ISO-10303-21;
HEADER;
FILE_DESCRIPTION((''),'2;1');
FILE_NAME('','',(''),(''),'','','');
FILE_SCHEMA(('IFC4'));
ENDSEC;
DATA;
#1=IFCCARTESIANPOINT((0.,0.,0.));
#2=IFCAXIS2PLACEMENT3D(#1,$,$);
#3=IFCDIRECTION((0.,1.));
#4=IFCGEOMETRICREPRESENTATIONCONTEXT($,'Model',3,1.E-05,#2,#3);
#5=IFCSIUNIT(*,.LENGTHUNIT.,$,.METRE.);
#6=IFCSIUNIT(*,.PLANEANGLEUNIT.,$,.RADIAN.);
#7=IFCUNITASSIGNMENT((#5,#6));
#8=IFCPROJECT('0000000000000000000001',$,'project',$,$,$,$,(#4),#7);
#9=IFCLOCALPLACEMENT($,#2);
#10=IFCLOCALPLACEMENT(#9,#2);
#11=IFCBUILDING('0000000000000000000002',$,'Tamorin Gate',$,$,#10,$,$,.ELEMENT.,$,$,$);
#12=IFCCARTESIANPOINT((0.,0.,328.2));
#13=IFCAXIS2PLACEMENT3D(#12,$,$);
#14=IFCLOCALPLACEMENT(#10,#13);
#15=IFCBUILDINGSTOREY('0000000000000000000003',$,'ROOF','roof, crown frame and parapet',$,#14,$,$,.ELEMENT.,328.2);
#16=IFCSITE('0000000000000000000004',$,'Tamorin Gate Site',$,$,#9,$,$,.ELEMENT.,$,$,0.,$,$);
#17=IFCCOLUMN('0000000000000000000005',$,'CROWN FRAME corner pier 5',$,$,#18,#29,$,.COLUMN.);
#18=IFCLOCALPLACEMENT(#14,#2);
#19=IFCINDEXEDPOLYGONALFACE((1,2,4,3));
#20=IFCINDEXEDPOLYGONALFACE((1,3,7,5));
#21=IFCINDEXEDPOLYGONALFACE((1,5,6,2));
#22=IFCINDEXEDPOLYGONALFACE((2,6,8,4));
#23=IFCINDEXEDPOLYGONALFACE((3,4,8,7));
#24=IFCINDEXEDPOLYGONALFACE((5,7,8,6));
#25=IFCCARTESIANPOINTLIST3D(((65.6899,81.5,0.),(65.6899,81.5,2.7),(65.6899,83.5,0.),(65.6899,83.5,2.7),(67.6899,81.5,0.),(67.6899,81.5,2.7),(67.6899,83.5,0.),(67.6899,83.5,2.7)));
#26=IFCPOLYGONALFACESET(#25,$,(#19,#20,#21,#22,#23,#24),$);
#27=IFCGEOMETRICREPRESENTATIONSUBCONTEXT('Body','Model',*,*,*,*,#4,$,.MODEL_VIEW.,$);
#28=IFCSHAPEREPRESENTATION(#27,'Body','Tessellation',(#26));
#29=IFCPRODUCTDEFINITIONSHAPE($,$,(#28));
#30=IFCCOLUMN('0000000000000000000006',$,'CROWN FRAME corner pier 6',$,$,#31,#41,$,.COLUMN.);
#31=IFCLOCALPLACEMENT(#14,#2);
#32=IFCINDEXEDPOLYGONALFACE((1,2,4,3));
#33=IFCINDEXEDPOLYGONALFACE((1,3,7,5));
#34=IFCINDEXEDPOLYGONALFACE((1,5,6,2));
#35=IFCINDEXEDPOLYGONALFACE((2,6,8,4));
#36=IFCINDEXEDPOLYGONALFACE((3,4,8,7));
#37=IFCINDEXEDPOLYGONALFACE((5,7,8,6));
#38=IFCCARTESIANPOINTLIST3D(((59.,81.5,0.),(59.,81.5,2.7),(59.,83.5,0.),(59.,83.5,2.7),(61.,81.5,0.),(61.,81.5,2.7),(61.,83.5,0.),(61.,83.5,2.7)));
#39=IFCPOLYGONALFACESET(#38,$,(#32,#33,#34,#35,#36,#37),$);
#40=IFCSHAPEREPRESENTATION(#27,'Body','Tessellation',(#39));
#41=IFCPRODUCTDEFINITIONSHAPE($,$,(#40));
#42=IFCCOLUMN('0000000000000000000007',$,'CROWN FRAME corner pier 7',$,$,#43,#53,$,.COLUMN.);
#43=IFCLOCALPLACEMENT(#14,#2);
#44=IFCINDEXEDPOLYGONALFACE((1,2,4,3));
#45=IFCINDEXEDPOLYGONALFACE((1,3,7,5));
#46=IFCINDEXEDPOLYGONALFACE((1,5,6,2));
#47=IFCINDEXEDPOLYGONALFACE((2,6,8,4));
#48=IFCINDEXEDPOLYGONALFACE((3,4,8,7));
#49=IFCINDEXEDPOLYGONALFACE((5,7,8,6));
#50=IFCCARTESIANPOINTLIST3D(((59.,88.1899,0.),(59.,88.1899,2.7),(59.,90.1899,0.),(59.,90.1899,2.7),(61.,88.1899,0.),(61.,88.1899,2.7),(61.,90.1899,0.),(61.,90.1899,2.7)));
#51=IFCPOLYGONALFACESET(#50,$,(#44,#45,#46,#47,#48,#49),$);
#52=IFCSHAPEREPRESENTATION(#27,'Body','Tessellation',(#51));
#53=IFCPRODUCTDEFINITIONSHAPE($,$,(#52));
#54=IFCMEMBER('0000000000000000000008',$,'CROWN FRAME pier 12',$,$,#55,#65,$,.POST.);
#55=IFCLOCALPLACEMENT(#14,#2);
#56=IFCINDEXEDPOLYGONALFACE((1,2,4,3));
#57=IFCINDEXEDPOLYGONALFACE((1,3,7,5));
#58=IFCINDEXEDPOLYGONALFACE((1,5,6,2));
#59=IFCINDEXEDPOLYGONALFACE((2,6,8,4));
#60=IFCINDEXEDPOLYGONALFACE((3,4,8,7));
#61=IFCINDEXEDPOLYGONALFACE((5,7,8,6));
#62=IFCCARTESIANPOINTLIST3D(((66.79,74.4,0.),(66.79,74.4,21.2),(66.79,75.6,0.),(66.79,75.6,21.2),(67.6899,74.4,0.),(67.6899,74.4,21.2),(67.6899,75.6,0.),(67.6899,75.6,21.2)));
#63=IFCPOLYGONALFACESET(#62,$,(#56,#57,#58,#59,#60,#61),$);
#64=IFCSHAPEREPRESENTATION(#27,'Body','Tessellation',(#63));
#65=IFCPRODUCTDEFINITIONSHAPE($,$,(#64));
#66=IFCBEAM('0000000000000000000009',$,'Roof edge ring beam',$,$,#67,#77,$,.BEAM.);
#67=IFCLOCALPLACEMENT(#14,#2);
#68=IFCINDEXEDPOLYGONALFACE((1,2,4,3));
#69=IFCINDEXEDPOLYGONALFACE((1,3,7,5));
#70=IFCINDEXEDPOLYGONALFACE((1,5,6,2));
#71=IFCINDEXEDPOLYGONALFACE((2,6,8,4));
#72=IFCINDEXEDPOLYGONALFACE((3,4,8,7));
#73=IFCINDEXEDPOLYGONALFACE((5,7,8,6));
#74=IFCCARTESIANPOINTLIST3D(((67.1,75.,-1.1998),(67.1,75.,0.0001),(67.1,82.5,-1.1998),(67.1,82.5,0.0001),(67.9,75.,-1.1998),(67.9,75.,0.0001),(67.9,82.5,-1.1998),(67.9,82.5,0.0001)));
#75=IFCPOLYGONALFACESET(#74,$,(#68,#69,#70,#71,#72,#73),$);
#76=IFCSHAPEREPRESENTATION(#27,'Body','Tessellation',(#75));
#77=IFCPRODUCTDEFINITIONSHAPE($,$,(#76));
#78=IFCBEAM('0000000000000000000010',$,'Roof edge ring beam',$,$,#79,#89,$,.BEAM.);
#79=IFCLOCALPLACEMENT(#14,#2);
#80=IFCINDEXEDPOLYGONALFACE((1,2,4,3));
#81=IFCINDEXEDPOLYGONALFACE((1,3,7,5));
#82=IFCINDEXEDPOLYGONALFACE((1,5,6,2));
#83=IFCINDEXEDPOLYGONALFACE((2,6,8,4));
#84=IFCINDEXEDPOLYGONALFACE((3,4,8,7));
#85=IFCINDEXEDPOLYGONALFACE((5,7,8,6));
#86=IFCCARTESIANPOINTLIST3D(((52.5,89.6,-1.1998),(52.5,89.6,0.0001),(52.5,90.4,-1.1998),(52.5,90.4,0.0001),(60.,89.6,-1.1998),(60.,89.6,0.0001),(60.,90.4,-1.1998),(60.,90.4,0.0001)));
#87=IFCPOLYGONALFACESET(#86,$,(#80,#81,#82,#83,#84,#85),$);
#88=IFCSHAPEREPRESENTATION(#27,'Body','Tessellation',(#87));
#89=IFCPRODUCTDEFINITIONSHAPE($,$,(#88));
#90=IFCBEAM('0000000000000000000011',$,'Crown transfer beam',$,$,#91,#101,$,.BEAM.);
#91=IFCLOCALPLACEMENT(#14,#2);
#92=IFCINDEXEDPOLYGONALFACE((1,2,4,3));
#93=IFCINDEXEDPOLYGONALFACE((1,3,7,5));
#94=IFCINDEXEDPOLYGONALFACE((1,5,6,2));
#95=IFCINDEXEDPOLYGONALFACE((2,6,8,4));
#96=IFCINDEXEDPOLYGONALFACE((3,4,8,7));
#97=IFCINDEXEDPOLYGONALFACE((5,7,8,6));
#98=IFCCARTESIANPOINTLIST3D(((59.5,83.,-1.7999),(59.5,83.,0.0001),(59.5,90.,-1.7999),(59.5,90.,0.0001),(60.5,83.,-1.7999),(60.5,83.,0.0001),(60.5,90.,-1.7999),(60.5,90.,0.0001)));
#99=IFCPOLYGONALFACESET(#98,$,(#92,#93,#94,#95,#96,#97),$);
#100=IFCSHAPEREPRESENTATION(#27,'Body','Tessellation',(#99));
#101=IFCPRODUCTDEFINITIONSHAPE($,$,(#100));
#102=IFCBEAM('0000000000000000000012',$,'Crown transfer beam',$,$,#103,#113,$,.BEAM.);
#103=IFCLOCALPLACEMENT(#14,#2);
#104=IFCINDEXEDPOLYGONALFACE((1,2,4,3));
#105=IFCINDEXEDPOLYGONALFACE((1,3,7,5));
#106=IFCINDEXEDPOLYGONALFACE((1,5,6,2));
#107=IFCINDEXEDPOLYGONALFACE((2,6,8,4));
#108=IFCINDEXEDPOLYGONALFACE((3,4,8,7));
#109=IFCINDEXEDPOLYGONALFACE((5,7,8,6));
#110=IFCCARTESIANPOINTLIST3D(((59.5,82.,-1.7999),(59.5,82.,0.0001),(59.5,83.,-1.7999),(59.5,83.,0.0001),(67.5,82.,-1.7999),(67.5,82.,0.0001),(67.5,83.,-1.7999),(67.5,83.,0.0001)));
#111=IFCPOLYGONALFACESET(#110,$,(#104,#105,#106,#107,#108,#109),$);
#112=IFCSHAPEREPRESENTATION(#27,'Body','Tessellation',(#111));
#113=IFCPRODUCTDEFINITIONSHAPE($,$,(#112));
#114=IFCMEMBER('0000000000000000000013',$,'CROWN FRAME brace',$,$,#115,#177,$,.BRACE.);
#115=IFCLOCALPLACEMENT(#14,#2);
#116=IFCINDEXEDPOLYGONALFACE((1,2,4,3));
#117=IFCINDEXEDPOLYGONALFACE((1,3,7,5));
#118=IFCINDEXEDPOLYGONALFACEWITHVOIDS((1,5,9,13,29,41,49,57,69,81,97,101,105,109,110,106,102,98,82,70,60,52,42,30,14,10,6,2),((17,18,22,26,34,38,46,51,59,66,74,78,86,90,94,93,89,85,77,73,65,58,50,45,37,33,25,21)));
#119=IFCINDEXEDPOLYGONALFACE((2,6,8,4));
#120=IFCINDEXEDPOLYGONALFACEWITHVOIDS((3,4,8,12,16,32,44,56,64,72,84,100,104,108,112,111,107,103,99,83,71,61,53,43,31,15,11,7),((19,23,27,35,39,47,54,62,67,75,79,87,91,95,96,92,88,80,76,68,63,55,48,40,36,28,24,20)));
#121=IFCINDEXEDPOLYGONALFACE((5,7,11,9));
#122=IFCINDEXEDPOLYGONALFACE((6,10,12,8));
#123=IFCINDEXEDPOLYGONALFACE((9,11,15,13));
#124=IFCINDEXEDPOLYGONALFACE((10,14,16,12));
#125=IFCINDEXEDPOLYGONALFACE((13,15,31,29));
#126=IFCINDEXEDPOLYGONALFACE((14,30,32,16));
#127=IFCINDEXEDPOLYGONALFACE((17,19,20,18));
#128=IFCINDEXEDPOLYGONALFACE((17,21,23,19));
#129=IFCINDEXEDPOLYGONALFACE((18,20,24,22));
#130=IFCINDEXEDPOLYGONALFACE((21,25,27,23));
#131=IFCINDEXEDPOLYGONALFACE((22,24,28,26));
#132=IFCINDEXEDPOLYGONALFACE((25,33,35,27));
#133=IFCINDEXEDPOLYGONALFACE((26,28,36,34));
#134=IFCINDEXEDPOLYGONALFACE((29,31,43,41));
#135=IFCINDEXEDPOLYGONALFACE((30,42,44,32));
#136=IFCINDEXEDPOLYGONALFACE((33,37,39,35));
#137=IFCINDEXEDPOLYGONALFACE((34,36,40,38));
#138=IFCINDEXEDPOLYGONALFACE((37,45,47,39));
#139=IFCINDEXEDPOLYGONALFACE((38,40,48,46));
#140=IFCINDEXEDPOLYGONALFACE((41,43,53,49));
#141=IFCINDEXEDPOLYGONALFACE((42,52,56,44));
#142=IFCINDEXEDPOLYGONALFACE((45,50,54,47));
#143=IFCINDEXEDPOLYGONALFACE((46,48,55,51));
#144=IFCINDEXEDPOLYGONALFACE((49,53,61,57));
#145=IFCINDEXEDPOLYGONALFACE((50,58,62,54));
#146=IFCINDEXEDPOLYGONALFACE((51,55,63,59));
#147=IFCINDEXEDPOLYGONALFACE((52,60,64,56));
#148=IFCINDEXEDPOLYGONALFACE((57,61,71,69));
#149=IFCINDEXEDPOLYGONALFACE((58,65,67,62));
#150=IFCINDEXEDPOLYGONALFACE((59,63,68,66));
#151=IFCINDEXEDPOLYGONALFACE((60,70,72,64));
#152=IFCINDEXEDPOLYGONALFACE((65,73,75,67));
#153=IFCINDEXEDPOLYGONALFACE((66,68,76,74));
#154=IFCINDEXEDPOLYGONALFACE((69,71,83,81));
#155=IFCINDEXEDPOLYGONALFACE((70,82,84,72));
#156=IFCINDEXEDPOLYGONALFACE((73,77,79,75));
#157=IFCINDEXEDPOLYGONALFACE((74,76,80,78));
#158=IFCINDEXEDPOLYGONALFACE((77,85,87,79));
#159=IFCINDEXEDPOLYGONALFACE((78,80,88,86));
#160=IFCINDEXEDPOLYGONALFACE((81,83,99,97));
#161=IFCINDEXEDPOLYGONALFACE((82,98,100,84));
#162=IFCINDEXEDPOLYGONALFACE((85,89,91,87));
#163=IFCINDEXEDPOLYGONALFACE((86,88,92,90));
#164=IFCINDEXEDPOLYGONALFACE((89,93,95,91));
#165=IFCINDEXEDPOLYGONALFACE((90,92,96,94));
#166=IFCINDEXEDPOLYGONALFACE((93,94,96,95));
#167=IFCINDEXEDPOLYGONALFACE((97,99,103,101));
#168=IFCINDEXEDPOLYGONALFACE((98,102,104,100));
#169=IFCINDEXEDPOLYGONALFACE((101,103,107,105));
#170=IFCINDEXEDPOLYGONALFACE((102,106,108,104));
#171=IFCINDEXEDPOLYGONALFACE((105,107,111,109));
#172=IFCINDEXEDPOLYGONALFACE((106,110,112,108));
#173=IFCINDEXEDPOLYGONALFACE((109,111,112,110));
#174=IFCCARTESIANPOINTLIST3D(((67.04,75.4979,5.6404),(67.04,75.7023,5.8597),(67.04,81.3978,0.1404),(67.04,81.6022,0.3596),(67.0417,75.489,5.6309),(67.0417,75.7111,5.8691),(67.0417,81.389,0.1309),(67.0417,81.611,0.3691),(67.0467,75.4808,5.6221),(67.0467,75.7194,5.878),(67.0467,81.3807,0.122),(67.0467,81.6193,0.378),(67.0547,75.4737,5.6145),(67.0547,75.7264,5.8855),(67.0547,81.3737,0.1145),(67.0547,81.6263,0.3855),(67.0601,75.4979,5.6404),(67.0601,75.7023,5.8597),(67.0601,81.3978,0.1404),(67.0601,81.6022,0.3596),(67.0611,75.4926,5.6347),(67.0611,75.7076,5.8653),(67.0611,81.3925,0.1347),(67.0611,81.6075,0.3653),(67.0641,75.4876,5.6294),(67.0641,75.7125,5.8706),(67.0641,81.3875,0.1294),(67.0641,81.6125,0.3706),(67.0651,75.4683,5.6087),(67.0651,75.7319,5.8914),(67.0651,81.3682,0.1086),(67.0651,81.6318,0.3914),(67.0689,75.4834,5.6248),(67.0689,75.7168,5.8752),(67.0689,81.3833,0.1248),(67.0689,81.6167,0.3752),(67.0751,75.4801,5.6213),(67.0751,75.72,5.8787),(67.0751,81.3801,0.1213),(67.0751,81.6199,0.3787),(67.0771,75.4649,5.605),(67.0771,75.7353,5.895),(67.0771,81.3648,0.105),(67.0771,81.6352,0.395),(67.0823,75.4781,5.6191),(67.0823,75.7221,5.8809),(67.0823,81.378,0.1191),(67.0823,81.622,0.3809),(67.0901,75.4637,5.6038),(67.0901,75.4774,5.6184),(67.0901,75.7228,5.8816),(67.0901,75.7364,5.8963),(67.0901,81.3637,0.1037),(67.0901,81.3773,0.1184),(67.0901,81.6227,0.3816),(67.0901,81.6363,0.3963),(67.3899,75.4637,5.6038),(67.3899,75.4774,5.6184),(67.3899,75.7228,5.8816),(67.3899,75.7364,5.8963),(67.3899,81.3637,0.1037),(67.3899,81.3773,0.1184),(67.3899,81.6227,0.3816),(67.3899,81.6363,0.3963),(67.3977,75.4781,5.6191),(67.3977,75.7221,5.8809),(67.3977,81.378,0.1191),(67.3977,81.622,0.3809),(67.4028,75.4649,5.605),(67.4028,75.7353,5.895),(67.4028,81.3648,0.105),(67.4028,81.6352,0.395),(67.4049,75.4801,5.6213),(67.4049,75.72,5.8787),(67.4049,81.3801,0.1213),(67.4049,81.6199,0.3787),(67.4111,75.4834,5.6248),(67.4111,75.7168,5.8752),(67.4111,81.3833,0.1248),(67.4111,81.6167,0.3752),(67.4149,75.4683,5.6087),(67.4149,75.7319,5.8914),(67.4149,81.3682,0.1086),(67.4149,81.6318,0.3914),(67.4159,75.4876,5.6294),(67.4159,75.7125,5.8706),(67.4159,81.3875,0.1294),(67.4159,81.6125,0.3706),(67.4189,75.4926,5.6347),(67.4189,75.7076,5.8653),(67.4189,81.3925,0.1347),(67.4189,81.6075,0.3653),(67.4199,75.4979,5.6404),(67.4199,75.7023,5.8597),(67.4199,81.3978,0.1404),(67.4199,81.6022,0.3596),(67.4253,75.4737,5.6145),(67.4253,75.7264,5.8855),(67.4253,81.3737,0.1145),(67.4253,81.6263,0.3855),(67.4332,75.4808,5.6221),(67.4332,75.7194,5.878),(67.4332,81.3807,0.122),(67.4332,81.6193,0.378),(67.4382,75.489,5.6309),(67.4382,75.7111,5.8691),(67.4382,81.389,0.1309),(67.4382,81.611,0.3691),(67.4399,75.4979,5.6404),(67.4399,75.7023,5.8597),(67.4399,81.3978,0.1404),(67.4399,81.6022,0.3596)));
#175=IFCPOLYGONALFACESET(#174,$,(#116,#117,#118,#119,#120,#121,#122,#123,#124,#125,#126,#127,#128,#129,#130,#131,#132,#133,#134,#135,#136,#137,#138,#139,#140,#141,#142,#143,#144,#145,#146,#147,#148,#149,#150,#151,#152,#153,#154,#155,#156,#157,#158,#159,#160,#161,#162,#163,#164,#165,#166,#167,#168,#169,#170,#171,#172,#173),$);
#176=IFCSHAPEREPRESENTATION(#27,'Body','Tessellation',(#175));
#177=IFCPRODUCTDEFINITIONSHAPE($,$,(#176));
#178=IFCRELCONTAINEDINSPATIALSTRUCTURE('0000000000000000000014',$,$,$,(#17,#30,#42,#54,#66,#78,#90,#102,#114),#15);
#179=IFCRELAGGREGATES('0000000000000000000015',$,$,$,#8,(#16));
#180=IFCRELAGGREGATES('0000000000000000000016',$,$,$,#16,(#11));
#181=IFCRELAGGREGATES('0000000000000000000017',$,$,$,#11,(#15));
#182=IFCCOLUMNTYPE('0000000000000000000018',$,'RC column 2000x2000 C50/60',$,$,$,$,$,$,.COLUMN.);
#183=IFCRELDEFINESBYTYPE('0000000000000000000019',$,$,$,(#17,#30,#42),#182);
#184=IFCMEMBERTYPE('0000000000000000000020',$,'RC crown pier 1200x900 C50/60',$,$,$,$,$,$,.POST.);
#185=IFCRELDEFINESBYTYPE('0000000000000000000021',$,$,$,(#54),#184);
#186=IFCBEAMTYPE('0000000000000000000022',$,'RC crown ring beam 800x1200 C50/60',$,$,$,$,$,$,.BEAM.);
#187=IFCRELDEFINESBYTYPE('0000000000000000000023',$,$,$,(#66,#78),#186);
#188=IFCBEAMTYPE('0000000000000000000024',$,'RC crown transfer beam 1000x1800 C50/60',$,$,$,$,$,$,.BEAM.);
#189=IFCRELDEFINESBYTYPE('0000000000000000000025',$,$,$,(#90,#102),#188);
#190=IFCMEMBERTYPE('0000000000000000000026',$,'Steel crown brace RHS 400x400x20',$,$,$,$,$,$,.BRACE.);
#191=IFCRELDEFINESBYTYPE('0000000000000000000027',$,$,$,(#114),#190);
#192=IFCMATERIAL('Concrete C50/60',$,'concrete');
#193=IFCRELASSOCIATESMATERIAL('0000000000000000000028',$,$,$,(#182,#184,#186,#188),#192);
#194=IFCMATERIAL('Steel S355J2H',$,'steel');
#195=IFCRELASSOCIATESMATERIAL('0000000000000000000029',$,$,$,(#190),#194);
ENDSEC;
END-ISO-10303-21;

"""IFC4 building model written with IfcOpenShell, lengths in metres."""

from ifc_helpers import new_model, si_unit, direction, frame, origin, origin_2d, place, context, subcontext, project, spatial, rectangle, hollow_rectangle, extrude, material, material_profile, profile_set, type_object, element, save


model = new_model("IFC4")

# Units and contexts
model_context = context("Model", 3, precision=1e-05, world=origin(), true_north=direction((0.0, 1.0)))
body_context = subcontext(model_context, "Body", "Model", "MODEL_VIEW")
ifc_project = project(units=[si_unit("LENGTHUNIT", "METRE"), si_unit("PLANEANGLEUNIT", "RADIAN")], contexts=[model_context])

# Site, building, storey
site_placement = place(None, origin())
site = spatial("IfcSite", under=ifc_project, at=site_placement, Name="Tamorin Gate Site", CompositionType="ELEMENT", RefElevation=0.0)
building_placement = place(site_placement, origin())
building = spatial("IfcBuilding", under=site, at=building_placement, Name="Tamorin Gate", CompositionType="ELEMENT")
storey_placement = place(building_placement, frame((0.0, 0.0, 328.2)))
storey = spatial("IfcBuildingStorey", under=building, at=storey_placement, Name="ROOF", Description="roof, crown frame and parapet", CompositionType="ELEMENT", Elevation=328.2)

# Columns
ifc_material_1 = material(Name="Concrete C50/60", Category="concrete")
ifc_material_profile_1 = material_profile(ifc_material_1, rectangle(XDim=2.0, YDim=2.0, at=origin_2d()), Name="RC 2000x2000")
ifc_profile_set_1 = profile_set([ifc_material_profile_1], Name="Concrete C50/60")
column_type = type_object("IfcColumnType", Name="RC column 2000x2000 C50/60", PredefinedType="COLUMN", material=ifc_profile_set_1)
for number, where, z_axis, x_axis, name in (
    (1, (66.6899, 82.5, 0.0), (0.0, 0.0, 1.0), (1.0, 0.0, 0.0), "CROWN FRAME corner pier 5"),
    (2, (60.0, 82.5, 0.0), (0.0, 0.0, 1.0), (1.0, 0.0, 0.0), "CROWN FRAME corner pier 6"),
    (3, (60.0, 89.1899, 0.0), (0.0, 0.0, 1.0), (1.0, 0.0, 0.0), "CROWN FRAME corner pier 7"),
):
    element("IfcColumn", number, at=place(storey_placement, frame(where, z_axis=z_axis, x_axis=x_axis)), inside=storey, type_object=column_type, Name=name, PredefinedType="COLUMN", context=body_context, shape_type="SweptSolid", body=[
        extrude(rectangle(XDim=2.0, YDim=2.0, at=origin_2d()), origin(), (0.0, 0.0, 1.0), 2.7),
    ])

# Member
ifc_material_profile_2 = material_profile(ifc_material_1, rectangle(XDim=1.2, YDim=0.8999, at=origin_2d()), Name="RC 1200x900")
ifc_profile_set_2 = profile_set([ifc_material_profile_2], Name="Concrete C50/60")
member_type_1 = type_object("IfcMemberType", Name="RC crown pier 1200x900 C50/60", PredefinedType="POST", material=ifc_profile_set_2)
member_1_placement = place(storey_placement, frame((67.24, 75.0, 0.0), z_axis=(0.0, 0.0, 1.0), x_axis=(0.0, 1.0, 0.0)))
element("IfcMember", 4, at=member_1_placement, inside=storey, type_object=member_type_1, Name="CROWN FRAME pier 12", PredefinedType="POST", context=body_context, shape_type="SweptSolid", body=[
    extrude(rectangle(XDim=1.2, YDim=0.8999, at=origin_2d()), origin(), (0.0, 0.0, 1.0), 21.2),
])

# Beams
ifc_material_profile_3 = material_profile(ifc_material_1, rectangle(XDim=0.8, YDim=1.2, at=origin_2d()), Name="RC 800x1200")
ifc_profile_set_3 = profile_set([ifc_material_profile_3], Name="Concrete C50/60")
beam_type_1 = type_object("IfcBeamType", Name="RC crown ring beam 800x1200 C50/60", PredefinedType="BEAM", material=ifc_profile_set_3)
for number, where, z_axis, x_axis, name in (
    (5, (67.5, 75.0, -0.5999), (0.0, 1.0, 0.0), (-1.0, 0.0, 0.0), "Roof edge ring beam"),
    (6, (60.0, 90.0, -0.5999), (-1.0, 0.0, 0.0), (0.0, -1.0, 0.0), "Roof edge ring beam"),
):
    element("IfcBeam", number, at=place(storey_placement, frame(where, z_axis=z_axis, x_axis=x_axis)), inside=storey, type_object=beam_type_1, Name=name, PredefinedType="BEAM", context=body_context, shape_type="SweptSolid", body=[
        extrude(rectangle(XDim=0.8, YDim=1.2, at=origin_2d()), origin(), (0.0, 0.0, 1.0), 7.5),
    ])
ifc_material_profile_4 = material_profile(ifc_material_1, rectangle(XDim=1.0, YDim=1.8, at=origin_2d()), Name="RC 1000x1800")
ifc_profile_set_4 = profile_set([ifc_material_profile_4], Name="Concrete C50/60")
beam_type_2 = type_object("IfcBeamType", Name="RC crown transfer beam 1000x1800 C50/60", PredefinedType="BEAM", material=ifc_profile_set_4)
beam_1_placement = place(storey_placement, frame((60.0, 90.0, -0.8999), z_axis=(0.0, -1.0, 0.0), x_axis=(1.0, 0.0, 0.0)))
element("IfcBeam", 7, at=beam_1_placement, inside=storey, type_object=beam_type_2, Name="Crown transfer beam", PredefinedType="BEAM", context=body_context, shape_type="SweptSolid", body=[
    extrude(rectangle(XDim=1.0, YDim=1.8, at=origin_2d()), origin(), (0.0, 0.0, 1.0), 7.0),
])
beam_2_placement = place(storey_placement, frame((59.5, 82.5, -0.8999), z_axis=(1.0, 0.0, 0.0), x_axis=(0.0, 1.0, 0.0)))
element("IfcBeam", 8, at=beam_2_placement, inside=storey, type_object=beam_type_2, Name="Crown transfer beam", PredefinedType="BEAM", context=body_context, shape_type="SweptSolid", body=[
    extrude(rectangle(XDim=1.0, YDim=1.8, at=origin_2d()), origin(), (0.0, 0.0, 1.0), 8.0),
])

# Member
ifc_material_2 = material(Name="Steel S355J2H", Category="steel")
ifc_material_profile_5 = material_profile(ifc_material_2, hollow_rectangle(XDim=0.3999, YDim=0.3999, WallThickness=0.02, InnerFilletRadius=0.03, OuterFilletRadius=0.05, at=origin_2d()), Name="RHS 400x400x20")
ifc_profile_set_5 = profile_set([ifc_material_profile_5], Name="Steel S355J2H")
member_type_2 = type_object("IfcMemberType", Name="Steel crown brace RHS 400x400x20", PredefinedType="BRACE", material=ifc_profile_set_5)
member_2_placement = place(storey_placement, frame((67.24, 81.5, 0.25), z_axis=(0.0, -0.731462, 0.681882), x_axis=(1.0, 0.0, 0.0)))
element("IfcMember", 9, at=member_2_placement, inside=storey, type_object=member_type_2, Name="CROWN FRAME brace", PredefinedType="BRACE", context=body_context, shape_type="SweptSolid", body=[
    extrude(hollow_rectangle(XDim=0.3999, YDim=0.3999, WallThickness=0.02, InnerFilletRadius=0.03, OuterFilletRadius=0.05, at=origin_2d()), origin(), (0.0, 0.0, 1.0), 8.0659),
])

save(model, "model.ifc")
